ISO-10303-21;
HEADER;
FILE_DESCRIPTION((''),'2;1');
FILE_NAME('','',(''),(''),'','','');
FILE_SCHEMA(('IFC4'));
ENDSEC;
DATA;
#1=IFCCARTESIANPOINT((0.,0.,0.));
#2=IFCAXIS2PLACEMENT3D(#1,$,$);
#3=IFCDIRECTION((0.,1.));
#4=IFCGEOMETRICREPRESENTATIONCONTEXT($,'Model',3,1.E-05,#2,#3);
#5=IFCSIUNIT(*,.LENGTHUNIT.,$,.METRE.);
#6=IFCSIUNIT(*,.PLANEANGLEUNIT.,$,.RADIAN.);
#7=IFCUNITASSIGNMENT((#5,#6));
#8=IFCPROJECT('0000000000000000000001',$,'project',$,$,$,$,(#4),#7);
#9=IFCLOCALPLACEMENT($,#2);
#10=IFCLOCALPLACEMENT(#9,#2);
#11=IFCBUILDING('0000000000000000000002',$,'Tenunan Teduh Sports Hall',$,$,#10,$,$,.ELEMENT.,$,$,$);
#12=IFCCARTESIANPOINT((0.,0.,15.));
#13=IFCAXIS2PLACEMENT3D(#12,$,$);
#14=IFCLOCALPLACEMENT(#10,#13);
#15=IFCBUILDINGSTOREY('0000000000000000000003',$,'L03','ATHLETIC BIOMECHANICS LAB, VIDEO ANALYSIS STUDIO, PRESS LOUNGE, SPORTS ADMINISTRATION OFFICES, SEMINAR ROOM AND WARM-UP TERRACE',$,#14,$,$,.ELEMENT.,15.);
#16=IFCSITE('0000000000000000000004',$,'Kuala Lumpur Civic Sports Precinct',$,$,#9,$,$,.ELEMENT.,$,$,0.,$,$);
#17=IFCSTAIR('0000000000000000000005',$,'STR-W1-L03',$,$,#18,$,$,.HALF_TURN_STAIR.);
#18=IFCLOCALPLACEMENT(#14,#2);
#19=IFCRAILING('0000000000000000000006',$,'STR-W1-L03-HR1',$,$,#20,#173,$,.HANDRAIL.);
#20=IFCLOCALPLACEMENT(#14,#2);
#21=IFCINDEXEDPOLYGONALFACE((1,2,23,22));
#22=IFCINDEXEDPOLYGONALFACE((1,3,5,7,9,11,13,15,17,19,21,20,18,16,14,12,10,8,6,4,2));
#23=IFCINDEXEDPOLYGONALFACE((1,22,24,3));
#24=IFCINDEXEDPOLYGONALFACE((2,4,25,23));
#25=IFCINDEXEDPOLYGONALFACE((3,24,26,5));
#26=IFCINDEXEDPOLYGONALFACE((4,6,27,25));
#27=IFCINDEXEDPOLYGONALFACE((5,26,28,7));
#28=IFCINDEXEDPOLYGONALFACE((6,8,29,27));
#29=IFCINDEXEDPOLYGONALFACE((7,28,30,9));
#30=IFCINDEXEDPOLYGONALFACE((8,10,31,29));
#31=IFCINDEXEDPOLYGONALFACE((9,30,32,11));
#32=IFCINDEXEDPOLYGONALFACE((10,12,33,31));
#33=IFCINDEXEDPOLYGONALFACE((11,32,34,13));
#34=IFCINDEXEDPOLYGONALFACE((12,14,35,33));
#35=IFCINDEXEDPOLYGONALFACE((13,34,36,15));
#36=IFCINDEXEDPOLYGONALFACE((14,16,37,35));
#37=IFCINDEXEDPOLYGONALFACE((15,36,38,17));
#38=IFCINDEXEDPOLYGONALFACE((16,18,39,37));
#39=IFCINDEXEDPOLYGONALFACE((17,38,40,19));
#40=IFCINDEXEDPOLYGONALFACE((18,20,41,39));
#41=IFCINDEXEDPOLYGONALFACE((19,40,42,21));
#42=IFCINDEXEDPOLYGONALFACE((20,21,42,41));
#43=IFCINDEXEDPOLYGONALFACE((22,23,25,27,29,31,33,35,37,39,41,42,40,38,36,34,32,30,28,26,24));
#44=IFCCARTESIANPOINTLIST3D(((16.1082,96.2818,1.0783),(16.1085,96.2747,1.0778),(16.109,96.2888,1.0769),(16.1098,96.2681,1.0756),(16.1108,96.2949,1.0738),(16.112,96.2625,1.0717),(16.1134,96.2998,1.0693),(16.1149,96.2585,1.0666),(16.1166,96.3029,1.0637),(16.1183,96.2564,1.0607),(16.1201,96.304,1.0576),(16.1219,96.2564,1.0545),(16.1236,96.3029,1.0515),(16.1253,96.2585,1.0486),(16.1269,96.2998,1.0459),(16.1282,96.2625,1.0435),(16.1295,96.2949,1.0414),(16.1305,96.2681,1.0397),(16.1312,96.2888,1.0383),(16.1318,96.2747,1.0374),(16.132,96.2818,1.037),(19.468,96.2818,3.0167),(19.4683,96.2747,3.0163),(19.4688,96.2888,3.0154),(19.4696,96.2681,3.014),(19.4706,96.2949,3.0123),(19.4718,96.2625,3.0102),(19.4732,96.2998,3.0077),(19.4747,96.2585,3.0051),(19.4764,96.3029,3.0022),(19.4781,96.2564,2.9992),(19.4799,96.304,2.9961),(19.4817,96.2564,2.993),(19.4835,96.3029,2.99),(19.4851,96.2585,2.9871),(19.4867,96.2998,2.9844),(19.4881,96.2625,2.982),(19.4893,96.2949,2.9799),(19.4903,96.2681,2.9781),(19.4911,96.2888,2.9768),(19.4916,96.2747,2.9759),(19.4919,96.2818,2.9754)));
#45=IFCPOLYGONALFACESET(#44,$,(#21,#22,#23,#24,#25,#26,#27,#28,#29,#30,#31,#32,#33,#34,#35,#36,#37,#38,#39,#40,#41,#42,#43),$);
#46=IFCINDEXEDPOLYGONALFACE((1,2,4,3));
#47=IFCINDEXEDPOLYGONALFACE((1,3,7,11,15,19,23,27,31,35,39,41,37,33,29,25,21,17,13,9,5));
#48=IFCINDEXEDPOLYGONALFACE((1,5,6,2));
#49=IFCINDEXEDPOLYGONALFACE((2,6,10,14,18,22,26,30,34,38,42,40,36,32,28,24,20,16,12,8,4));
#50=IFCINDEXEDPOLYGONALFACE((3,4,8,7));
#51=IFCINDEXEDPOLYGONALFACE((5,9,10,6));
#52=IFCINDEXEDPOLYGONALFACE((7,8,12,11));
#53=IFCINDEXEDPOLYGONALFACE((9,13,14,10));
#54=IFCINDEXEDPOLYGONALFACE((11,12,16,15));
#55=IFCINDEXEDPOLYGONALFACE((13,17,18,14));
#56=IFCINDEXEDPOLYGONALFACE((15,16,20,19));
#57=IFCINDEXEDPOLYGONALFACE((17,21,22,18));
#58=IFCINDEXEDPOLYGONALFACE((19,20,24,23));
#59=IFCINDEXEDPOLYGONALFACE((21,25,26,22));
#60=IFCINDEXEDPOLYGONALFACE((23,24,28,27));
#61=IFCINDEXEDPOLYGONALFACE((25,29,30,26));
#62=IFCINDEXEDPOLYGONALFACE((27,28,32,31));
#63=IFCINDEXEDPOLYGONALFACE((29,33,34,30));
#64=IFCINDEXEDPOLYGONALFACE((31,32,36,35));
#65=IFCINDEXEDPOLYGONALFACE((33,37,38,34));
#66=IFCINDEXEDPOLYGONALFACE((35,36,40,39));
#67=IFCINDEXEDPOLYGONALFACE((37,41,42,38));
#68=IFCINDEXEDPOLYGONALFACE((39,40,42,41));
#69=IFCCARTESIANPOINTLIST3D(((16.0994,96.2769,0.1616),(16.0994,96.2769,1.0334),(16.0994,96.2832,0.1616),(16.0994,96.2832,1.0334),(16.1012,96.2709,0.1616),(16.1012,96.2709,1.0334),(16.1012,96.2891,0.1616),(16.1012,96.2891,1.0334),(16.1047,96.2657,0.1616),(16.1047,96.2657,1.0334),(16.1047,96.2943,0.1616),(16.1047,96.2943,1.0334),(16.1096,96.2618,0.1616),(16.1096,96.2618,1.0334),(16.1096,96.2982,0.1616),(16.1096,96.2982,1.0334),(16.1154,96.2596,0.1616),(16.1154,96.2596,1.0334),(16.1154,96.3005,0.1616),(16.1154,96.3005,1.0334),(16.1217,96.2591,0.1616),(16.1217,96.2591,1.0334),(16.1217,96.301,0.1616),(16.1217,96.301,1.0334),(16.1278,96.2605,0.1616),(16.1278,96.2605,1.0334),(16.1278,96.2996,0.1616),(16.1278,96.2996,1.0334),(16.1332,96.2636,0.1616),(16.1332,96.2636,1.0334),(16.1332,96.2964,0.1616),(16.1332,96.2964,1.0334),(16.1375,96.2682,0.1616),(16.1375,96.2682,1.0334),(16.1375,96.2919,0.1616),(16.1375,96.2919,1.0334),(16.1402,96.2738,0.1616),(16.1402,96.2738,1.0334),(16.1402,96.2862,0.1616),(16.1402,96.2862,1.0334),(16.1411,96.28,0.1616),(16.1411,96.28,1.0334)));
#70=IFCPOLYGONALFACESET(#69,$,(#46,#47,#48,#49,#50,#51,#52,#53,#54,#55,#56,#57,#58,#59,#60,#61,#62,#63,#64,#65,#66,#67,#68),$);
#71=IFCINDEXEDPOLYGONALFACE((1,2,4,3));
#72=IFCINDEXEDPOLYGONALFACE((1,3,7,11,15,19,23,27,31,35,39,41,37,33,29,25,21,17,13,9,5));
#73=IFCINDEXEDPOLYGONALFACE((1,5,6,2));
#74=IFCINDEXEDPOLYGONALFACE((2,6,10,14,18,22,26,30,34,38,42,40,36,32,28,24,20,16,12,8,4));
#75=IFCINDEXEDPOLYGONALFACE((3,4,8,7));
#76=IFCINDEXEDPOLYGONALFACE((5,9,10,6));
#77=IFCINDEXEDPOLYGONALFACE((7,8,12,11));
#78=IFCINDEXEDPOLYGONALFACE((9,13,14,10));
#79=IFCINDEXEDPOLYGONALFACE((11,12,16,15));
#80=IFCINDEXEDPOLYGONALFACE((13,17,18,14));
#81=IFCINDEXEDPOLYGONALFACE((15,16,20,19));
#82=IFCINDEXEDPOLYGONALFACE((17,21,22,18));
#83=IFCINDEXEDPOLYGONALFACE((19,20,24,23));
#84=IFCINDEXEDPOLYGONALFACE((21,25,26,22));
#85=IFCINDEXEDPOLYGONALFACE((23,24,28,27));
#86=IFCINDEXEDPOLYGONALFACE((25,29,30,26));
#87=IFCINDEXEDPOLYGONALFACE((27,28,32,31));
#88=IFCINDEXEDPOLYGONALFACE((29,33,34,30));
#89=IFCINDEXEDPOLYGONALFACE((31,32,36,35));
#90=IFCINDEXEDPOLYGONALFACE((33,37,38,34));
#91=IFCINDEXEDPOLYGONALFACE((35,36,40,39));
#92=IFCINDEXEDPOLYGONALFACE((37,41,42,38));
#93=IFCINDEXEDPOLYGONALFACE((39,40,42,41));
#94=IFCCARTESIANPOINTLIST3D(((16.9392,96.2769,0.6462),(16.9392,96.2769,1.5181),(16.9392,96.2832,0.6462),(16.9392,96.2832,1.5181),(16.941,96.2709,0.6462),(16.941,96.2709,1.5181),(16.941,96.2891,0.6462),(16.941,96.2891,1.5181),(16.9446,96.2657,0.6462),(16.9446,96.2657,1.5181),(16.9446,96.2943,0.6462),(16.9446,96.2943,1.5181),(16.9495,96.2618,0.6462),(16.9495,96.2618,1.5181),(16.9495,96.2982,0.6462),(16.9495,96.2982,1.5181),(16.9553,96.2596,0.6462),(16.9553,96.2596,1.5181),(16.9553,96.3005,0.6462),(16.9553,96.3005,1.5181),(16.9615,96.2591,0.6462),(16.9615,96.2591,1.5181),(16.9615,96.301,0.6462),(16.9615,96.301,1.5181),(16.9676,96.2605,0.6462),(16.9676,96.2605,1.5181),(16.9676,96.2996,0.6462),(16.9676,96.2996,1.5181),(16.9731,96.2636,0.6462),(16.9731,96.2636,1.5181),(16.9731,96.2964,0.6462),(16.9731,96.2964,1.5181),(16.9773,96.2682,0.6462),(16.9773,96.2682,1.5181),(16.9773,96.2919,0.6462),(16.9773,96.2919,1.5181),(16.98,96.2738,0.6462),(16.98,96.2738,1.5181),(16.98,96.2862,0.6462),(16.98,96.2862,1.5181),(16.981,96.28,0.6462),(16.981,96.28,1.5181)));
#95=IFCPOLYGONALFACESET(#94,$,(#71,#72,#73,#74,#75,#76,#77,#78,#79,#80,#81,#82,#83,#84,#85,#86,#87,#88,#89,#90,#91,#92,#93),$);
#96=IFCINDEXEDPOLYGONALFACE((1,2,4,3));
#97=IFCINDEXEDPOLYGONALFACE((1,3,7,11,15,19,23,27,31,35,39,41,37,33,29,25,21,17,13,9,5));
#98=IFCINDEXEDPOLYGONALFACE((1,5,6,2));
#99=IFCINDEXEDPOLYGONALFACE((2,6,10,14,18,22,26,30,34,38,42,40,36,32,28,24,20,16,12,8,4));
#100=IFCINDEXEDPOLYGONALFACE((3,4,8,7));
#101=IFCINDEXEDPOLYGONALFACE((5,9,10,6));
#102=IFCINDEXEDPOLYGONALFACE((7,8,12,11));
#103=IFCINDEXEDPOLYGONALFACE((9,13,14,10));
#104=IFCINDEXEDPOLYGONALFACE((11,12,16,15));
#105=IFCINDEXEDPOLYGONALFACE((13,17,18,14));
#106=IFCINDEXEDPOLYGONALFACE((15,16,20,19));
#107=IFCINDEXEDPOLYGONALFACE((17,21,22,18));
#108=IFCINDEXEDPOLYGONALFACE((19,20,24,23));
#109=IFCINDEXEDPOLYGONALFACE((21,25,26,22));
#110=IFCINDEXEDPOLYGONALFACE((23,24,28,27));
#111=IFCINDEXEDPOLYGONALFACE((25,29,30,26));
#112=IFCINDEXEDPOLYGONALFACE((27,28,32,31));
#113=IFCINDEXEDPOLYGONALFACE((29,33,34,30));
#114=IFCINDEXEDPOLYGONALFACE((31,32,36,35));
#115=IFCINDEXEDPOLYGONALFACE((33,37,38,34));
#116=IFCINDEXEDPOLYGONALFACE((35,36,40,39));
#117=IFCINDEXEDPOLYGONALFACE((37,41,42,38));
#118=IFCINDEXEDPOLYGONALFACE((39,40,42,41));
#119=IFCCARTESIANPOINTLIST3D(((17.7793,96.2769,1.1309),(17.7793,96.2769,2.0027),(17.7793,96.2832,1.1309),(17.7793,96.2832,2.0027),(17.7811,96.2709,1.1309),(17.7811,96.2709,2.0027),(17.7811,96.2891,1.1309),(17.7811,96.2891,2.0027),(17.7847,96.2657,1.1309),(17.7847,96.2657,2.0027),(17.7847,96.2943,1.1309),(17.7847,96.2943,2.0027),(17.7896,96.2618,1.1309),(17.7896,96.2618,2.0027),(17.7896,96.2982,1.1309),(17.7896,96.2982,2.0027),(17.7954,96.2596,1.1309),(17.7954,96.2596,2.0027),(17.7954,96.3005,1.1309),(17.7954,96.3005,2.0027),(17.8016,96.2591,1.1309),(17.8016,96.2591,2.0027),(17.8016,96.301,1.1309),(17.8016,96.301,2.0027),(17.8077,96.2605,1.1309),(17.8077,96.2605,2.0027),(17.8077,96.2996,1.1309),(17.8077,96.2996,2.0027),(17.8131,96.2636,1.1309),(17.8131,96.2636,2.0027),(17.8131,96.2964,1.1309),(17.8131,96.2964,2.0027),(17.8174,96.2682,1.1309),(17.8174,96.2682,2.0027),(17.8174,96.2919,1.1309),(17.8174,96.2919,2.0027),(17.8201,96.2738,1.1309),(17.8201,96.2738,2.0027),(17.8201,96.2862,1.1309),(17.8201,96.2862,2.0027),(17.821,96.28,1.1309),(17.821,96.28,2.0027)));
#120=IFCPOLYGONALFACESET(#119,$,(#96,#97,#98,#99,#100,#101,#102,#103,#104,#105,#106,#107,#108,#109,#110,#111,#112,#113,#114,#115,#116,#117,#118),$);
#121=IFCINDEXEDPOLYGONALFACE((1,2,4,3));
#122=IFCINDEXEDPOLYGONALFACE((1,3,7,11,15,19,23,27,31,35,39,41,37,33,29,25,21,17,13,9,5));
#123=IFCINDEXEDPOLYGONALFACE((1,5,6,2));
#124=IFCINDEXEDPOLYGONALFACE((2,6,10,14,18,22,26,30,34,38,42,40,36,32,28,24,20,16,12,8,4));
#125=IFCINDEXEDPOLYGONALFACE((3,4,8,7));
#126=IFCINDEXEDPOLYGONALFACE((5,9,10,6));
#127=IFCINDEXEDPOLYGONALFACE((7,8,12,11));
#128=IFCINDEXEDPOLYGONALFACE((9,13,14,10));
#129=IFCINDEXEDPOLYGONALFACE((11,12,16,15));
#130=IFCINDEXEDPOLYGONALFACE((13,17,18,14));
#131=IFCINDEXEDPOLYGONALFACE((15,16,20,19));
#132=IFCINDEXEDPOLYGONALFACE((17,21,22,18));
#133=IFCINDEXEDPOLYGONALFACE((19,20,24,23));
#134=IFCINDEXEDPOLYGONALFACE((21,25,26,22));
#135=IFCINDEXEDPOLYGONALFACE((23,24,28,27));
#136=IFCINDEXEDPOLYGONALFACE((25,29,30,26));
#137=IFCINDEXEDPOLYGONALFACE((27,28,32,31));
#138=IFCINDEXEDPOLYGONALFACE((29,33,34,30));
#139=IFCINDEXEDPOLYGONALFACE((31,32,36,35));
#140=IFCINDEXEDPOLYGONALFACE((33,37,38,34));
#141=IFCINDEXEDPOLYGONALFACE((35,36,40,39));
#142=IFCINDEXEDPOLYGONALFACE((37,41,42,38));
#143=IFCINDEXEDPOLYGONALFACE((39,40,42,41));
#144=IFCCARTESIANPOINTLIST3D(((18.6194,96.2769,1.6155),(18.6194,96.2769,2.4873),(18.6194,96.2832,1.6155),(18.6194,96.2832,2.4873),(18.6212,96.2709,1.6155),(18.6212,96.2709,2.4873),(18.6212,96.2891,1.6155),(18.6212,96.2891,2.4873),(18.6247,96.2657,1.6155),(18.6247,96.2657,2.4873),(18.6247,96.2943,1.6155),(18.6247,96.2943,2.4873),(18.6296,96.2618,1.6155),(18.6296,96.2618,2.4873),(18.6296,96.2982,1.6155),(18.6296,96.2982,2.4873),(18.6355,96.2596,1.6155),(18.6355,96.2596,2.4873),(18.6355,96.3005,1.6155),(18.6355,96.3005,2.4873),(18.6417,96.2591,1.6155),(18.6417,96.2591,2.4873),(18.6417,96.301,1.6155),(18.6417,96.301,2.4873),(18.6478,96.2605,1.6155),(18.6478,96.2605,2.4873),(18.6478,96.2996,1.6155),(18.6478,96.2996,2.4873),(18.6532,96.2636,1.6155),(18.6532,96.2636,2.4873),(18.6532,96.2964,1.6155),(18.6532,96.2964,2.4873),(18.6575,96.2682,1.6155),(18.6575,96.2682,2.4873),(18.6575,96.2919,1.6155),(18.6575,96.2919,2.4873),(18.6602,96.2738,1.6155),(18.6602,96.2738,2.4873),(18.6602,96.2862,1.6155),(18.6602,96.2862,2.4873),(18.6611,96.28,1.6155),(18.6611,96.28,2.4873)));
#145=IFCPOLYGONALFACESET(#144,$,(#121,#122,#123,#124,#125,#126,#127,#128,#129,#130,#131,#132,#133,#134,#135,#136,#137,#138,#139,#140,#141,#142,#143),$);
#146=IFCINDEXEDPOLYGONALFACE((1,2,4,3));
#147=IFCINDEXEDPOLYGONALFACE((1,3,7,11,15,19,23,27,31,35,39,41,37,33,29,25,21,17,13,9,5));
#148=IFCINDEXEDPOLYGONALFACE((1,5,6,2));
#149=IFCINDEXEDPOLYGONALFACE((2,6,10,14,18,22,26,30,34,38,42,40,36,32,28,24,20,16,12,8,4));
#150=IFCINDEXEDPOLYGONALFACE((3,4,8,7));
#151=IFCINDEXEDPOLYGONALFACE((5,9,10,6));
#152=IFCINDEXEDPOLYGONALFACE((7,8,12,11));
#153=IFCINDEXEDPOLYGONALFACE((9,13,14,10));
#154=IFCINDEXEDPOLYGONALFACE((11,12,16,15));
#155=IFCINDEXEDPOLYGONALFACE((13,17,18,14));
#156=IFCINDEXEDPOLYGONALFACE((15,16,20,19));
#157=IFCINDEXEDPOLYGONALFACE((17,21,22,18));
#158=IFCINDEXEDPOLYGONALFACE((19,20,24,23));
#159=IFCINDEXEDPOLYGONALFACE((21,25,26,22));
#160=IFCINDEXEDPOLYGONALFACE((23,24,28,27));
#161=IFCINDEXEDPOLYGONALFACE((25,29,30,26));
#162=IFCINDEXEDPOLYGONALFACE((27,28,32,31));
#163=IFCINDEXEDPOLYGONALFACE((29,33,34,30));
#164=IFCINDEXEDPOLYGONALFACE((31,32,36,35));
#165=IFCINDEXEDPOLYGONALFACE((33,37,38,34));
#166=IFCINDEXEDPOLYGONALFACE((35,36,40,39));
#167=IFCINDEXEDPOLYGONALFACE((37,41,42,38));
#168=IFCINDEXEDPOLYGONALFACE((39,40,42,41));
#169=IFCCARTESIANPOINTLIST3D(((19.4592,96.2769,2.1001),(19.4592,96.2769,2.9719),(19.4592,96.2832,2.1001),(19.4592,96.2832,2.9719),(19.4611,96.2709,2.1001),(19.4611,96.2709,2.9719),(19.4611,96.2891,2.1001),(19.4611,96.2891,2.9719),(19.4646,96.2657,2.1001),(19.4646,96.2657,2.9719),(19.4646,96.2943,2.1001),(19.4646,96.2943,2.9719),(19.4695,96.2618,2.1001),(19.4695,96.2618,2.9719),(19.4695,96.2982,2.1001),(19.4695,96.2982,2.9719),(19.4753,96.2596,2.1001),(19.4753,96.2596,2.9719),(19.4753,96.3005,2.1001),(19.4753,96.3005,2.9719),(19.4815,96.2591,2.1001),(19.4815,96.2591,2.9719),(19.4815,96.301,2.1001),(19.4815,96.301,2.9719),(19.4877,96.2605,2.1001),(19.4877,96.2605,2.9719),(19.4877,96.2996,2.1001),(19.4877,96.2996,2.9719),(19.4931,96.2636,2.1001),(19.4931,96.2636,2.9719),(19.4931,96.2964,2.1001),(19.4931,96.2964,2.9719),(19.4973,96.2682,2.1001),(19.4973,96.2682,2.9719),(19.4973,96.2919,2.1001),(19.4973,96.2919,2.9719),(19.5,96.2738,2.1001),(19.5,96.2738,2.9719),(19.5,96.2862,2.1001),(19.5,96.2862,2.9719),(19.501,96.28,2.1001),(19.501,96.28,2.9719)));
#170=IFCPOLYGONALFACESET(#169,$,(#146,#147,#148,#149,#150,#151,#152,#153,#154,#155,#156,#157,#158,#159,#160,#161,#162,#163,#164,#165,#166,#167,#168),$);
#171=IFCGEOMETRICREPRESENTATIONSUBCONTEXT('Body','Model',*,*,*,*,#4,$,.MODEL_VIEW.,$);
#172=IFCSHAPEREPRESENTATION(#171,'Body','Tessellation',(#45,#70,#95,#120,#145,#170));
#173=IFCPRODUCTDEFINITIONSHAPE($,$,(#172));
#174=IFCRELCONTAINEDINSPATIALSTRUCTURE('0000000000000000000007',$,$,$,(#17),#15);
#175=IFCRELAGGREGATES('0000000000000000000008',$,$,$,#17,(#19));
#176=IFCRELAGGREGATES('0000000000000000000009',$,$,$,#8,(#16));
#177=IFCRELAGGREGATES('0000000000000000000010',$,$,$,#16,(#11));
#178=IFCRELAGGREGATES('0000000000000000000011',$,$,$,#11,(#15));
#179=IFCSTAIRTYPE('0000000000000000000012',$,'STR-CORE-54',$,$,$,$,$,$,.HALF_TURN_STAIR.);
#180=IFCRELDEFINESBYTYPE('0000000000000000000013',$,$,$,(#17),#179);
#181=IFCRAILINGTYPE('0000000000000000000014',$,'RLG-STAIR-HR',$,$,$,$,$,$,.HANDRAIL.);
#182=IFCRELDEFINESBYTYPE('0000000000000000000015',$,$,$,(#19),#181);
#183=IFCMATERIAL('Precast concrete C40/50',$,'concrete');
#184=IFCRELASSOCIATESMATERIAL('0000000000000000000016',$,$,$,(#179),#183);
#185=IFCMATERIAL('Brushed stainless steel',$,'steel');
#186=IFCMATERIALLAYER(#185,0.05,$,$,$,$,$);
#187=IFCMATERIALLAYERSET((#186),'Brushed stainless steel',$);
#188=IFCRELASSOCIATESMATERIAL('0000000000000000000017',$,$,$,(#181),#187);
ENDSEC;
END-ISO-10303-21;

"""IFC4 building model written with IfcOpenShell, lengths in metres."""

from ifc_helpers import new_model, si_unit, direction, frame, origin, origin_2d, place, context, subcontext, project, spatial, circle, extrude, material, layer, layer_set, type_object, element, aggregate, save


model = new_model("IFC4")

# Units and contexts
model_context = context("Model", 3, precision=1e-05, world=origin(), true_north=direction((0.0, 1.0)))
body_context = subcontext(model_context, "Body", "Model", "MODEL_VIEW")
ifc_project = project(units=[si_unit("LENGTHUNIT", "METRE"), si_unit("PLANEANGLEUNIT", "RADIAN")], contexts=[model_context])

# Site, building, storey
site_placement = place(None, origin())
site = spatial("IfcSite", under=ifc_project, at=site_placement, Name="Kuala Lumpur Civic Sports Precinct", CompositionType="ELEMENT", RefElevation=0.0)
building_placement = place(site_placement, origin())
building = spatial("IfcBuilding", under=site, at=building_placement, Name="Tenunan Teduh Sports Hall", CompositionType="ELEMENT")
storey_placement = place(building_placement, frame((0.0, 0.0, 15.0)))
storey = spatial("IfcBuildingStorey", under=building, at=storey_placement, Name="L03", Description="ATHLETIC BIOMECHANICS LAB, VIDEO ANALYSIS STUDIO, PRESS LOUNGE, SPORTS ADMINISTRATION OFFICES, SEMINAR ROOM AND WARM-UP TERRACE", CompositionType="ELEMENT", Elevation=15.0)

# Stair
ifc_material_1 = material(Name="Precast concrete C40/50", Category="concrete")
stair_type = type_object("IfcStairType", Name="STR-CORE-54", PredefinedType="HALF_TURN_STAIR", material=ifc_material_1)
stair_placement = place(storey_placement, origin())
stair = element("IfcStair", 1, at=stair_placement, inside=storey, type_object=stair_type, Name="STR-W1-L03", PredefinedType="HALF_TURN_STAIR")

# Railing
ifc_material_2 = material(Name="Brushed stainless steel", Category="steel")
ifc_layer_1 = layer(ifc_material_2, 0.05)
ifc_layer_set_1 = layer_set([ifc_layer_1], Name="Brushed stainless steel")
railing_type_1 = type_object("IfcRailingType", Name="RLG-STAIR-HR", PredefinedType="HANDRAIL", material=ifc_layer_set_1)
railing_1_placement = place(storey_placement, frame((16.1201, 96.28, 0.1616)))
railing_1 = element("IfcRailing", 2, at=railing_1_placement, type_object=railing_type_1, Name="STR-W1-L03-HR1", PredefinedType="HANDRAIL", context=body_context, shape_type="SweptSolid", body=[
    extrude(circle(Radius=0.0239, at=origin_2d()), frame((0.0, 0.0, 0.896), z_axis=(0.866175, 0.0, 0.499741), x_axis=(0.0, 1.0, 0.0)), (0.0, 0.0, 1.0), 3.8789),
    extrude(circle(Radius=0.021, at=origin_2d()), origin(), (0.0, 0.0, 1.0), 0.8718),
    extrude(circle(Radius=0.021, at=origin_2d()), frame((0.8398, 0.0, 0.4846)), (0.0, 0.0, 1.0), 0.8718),
    extrude(circle(Radius=0.021, at=origin_2d()), frame((1.6799, 0.0, 0.9692)), (0.0, 0.0, 1.0), 0.8718),
    extrude(circle(Radius=0.021, at=origin_2d()), frame((2.52, 0.0, 1.4539)), (0.0, 0.0, 1.0), 0.8718),
    extrude(circle(Radius=0.021, at=origin_2d()), frame((3.3599, 0.0, 1.9385)), (0.0, 0.0, 1.0), 0.8718),
])
aggregate(stair, [railing_1])

save(model, "model.ifc")
